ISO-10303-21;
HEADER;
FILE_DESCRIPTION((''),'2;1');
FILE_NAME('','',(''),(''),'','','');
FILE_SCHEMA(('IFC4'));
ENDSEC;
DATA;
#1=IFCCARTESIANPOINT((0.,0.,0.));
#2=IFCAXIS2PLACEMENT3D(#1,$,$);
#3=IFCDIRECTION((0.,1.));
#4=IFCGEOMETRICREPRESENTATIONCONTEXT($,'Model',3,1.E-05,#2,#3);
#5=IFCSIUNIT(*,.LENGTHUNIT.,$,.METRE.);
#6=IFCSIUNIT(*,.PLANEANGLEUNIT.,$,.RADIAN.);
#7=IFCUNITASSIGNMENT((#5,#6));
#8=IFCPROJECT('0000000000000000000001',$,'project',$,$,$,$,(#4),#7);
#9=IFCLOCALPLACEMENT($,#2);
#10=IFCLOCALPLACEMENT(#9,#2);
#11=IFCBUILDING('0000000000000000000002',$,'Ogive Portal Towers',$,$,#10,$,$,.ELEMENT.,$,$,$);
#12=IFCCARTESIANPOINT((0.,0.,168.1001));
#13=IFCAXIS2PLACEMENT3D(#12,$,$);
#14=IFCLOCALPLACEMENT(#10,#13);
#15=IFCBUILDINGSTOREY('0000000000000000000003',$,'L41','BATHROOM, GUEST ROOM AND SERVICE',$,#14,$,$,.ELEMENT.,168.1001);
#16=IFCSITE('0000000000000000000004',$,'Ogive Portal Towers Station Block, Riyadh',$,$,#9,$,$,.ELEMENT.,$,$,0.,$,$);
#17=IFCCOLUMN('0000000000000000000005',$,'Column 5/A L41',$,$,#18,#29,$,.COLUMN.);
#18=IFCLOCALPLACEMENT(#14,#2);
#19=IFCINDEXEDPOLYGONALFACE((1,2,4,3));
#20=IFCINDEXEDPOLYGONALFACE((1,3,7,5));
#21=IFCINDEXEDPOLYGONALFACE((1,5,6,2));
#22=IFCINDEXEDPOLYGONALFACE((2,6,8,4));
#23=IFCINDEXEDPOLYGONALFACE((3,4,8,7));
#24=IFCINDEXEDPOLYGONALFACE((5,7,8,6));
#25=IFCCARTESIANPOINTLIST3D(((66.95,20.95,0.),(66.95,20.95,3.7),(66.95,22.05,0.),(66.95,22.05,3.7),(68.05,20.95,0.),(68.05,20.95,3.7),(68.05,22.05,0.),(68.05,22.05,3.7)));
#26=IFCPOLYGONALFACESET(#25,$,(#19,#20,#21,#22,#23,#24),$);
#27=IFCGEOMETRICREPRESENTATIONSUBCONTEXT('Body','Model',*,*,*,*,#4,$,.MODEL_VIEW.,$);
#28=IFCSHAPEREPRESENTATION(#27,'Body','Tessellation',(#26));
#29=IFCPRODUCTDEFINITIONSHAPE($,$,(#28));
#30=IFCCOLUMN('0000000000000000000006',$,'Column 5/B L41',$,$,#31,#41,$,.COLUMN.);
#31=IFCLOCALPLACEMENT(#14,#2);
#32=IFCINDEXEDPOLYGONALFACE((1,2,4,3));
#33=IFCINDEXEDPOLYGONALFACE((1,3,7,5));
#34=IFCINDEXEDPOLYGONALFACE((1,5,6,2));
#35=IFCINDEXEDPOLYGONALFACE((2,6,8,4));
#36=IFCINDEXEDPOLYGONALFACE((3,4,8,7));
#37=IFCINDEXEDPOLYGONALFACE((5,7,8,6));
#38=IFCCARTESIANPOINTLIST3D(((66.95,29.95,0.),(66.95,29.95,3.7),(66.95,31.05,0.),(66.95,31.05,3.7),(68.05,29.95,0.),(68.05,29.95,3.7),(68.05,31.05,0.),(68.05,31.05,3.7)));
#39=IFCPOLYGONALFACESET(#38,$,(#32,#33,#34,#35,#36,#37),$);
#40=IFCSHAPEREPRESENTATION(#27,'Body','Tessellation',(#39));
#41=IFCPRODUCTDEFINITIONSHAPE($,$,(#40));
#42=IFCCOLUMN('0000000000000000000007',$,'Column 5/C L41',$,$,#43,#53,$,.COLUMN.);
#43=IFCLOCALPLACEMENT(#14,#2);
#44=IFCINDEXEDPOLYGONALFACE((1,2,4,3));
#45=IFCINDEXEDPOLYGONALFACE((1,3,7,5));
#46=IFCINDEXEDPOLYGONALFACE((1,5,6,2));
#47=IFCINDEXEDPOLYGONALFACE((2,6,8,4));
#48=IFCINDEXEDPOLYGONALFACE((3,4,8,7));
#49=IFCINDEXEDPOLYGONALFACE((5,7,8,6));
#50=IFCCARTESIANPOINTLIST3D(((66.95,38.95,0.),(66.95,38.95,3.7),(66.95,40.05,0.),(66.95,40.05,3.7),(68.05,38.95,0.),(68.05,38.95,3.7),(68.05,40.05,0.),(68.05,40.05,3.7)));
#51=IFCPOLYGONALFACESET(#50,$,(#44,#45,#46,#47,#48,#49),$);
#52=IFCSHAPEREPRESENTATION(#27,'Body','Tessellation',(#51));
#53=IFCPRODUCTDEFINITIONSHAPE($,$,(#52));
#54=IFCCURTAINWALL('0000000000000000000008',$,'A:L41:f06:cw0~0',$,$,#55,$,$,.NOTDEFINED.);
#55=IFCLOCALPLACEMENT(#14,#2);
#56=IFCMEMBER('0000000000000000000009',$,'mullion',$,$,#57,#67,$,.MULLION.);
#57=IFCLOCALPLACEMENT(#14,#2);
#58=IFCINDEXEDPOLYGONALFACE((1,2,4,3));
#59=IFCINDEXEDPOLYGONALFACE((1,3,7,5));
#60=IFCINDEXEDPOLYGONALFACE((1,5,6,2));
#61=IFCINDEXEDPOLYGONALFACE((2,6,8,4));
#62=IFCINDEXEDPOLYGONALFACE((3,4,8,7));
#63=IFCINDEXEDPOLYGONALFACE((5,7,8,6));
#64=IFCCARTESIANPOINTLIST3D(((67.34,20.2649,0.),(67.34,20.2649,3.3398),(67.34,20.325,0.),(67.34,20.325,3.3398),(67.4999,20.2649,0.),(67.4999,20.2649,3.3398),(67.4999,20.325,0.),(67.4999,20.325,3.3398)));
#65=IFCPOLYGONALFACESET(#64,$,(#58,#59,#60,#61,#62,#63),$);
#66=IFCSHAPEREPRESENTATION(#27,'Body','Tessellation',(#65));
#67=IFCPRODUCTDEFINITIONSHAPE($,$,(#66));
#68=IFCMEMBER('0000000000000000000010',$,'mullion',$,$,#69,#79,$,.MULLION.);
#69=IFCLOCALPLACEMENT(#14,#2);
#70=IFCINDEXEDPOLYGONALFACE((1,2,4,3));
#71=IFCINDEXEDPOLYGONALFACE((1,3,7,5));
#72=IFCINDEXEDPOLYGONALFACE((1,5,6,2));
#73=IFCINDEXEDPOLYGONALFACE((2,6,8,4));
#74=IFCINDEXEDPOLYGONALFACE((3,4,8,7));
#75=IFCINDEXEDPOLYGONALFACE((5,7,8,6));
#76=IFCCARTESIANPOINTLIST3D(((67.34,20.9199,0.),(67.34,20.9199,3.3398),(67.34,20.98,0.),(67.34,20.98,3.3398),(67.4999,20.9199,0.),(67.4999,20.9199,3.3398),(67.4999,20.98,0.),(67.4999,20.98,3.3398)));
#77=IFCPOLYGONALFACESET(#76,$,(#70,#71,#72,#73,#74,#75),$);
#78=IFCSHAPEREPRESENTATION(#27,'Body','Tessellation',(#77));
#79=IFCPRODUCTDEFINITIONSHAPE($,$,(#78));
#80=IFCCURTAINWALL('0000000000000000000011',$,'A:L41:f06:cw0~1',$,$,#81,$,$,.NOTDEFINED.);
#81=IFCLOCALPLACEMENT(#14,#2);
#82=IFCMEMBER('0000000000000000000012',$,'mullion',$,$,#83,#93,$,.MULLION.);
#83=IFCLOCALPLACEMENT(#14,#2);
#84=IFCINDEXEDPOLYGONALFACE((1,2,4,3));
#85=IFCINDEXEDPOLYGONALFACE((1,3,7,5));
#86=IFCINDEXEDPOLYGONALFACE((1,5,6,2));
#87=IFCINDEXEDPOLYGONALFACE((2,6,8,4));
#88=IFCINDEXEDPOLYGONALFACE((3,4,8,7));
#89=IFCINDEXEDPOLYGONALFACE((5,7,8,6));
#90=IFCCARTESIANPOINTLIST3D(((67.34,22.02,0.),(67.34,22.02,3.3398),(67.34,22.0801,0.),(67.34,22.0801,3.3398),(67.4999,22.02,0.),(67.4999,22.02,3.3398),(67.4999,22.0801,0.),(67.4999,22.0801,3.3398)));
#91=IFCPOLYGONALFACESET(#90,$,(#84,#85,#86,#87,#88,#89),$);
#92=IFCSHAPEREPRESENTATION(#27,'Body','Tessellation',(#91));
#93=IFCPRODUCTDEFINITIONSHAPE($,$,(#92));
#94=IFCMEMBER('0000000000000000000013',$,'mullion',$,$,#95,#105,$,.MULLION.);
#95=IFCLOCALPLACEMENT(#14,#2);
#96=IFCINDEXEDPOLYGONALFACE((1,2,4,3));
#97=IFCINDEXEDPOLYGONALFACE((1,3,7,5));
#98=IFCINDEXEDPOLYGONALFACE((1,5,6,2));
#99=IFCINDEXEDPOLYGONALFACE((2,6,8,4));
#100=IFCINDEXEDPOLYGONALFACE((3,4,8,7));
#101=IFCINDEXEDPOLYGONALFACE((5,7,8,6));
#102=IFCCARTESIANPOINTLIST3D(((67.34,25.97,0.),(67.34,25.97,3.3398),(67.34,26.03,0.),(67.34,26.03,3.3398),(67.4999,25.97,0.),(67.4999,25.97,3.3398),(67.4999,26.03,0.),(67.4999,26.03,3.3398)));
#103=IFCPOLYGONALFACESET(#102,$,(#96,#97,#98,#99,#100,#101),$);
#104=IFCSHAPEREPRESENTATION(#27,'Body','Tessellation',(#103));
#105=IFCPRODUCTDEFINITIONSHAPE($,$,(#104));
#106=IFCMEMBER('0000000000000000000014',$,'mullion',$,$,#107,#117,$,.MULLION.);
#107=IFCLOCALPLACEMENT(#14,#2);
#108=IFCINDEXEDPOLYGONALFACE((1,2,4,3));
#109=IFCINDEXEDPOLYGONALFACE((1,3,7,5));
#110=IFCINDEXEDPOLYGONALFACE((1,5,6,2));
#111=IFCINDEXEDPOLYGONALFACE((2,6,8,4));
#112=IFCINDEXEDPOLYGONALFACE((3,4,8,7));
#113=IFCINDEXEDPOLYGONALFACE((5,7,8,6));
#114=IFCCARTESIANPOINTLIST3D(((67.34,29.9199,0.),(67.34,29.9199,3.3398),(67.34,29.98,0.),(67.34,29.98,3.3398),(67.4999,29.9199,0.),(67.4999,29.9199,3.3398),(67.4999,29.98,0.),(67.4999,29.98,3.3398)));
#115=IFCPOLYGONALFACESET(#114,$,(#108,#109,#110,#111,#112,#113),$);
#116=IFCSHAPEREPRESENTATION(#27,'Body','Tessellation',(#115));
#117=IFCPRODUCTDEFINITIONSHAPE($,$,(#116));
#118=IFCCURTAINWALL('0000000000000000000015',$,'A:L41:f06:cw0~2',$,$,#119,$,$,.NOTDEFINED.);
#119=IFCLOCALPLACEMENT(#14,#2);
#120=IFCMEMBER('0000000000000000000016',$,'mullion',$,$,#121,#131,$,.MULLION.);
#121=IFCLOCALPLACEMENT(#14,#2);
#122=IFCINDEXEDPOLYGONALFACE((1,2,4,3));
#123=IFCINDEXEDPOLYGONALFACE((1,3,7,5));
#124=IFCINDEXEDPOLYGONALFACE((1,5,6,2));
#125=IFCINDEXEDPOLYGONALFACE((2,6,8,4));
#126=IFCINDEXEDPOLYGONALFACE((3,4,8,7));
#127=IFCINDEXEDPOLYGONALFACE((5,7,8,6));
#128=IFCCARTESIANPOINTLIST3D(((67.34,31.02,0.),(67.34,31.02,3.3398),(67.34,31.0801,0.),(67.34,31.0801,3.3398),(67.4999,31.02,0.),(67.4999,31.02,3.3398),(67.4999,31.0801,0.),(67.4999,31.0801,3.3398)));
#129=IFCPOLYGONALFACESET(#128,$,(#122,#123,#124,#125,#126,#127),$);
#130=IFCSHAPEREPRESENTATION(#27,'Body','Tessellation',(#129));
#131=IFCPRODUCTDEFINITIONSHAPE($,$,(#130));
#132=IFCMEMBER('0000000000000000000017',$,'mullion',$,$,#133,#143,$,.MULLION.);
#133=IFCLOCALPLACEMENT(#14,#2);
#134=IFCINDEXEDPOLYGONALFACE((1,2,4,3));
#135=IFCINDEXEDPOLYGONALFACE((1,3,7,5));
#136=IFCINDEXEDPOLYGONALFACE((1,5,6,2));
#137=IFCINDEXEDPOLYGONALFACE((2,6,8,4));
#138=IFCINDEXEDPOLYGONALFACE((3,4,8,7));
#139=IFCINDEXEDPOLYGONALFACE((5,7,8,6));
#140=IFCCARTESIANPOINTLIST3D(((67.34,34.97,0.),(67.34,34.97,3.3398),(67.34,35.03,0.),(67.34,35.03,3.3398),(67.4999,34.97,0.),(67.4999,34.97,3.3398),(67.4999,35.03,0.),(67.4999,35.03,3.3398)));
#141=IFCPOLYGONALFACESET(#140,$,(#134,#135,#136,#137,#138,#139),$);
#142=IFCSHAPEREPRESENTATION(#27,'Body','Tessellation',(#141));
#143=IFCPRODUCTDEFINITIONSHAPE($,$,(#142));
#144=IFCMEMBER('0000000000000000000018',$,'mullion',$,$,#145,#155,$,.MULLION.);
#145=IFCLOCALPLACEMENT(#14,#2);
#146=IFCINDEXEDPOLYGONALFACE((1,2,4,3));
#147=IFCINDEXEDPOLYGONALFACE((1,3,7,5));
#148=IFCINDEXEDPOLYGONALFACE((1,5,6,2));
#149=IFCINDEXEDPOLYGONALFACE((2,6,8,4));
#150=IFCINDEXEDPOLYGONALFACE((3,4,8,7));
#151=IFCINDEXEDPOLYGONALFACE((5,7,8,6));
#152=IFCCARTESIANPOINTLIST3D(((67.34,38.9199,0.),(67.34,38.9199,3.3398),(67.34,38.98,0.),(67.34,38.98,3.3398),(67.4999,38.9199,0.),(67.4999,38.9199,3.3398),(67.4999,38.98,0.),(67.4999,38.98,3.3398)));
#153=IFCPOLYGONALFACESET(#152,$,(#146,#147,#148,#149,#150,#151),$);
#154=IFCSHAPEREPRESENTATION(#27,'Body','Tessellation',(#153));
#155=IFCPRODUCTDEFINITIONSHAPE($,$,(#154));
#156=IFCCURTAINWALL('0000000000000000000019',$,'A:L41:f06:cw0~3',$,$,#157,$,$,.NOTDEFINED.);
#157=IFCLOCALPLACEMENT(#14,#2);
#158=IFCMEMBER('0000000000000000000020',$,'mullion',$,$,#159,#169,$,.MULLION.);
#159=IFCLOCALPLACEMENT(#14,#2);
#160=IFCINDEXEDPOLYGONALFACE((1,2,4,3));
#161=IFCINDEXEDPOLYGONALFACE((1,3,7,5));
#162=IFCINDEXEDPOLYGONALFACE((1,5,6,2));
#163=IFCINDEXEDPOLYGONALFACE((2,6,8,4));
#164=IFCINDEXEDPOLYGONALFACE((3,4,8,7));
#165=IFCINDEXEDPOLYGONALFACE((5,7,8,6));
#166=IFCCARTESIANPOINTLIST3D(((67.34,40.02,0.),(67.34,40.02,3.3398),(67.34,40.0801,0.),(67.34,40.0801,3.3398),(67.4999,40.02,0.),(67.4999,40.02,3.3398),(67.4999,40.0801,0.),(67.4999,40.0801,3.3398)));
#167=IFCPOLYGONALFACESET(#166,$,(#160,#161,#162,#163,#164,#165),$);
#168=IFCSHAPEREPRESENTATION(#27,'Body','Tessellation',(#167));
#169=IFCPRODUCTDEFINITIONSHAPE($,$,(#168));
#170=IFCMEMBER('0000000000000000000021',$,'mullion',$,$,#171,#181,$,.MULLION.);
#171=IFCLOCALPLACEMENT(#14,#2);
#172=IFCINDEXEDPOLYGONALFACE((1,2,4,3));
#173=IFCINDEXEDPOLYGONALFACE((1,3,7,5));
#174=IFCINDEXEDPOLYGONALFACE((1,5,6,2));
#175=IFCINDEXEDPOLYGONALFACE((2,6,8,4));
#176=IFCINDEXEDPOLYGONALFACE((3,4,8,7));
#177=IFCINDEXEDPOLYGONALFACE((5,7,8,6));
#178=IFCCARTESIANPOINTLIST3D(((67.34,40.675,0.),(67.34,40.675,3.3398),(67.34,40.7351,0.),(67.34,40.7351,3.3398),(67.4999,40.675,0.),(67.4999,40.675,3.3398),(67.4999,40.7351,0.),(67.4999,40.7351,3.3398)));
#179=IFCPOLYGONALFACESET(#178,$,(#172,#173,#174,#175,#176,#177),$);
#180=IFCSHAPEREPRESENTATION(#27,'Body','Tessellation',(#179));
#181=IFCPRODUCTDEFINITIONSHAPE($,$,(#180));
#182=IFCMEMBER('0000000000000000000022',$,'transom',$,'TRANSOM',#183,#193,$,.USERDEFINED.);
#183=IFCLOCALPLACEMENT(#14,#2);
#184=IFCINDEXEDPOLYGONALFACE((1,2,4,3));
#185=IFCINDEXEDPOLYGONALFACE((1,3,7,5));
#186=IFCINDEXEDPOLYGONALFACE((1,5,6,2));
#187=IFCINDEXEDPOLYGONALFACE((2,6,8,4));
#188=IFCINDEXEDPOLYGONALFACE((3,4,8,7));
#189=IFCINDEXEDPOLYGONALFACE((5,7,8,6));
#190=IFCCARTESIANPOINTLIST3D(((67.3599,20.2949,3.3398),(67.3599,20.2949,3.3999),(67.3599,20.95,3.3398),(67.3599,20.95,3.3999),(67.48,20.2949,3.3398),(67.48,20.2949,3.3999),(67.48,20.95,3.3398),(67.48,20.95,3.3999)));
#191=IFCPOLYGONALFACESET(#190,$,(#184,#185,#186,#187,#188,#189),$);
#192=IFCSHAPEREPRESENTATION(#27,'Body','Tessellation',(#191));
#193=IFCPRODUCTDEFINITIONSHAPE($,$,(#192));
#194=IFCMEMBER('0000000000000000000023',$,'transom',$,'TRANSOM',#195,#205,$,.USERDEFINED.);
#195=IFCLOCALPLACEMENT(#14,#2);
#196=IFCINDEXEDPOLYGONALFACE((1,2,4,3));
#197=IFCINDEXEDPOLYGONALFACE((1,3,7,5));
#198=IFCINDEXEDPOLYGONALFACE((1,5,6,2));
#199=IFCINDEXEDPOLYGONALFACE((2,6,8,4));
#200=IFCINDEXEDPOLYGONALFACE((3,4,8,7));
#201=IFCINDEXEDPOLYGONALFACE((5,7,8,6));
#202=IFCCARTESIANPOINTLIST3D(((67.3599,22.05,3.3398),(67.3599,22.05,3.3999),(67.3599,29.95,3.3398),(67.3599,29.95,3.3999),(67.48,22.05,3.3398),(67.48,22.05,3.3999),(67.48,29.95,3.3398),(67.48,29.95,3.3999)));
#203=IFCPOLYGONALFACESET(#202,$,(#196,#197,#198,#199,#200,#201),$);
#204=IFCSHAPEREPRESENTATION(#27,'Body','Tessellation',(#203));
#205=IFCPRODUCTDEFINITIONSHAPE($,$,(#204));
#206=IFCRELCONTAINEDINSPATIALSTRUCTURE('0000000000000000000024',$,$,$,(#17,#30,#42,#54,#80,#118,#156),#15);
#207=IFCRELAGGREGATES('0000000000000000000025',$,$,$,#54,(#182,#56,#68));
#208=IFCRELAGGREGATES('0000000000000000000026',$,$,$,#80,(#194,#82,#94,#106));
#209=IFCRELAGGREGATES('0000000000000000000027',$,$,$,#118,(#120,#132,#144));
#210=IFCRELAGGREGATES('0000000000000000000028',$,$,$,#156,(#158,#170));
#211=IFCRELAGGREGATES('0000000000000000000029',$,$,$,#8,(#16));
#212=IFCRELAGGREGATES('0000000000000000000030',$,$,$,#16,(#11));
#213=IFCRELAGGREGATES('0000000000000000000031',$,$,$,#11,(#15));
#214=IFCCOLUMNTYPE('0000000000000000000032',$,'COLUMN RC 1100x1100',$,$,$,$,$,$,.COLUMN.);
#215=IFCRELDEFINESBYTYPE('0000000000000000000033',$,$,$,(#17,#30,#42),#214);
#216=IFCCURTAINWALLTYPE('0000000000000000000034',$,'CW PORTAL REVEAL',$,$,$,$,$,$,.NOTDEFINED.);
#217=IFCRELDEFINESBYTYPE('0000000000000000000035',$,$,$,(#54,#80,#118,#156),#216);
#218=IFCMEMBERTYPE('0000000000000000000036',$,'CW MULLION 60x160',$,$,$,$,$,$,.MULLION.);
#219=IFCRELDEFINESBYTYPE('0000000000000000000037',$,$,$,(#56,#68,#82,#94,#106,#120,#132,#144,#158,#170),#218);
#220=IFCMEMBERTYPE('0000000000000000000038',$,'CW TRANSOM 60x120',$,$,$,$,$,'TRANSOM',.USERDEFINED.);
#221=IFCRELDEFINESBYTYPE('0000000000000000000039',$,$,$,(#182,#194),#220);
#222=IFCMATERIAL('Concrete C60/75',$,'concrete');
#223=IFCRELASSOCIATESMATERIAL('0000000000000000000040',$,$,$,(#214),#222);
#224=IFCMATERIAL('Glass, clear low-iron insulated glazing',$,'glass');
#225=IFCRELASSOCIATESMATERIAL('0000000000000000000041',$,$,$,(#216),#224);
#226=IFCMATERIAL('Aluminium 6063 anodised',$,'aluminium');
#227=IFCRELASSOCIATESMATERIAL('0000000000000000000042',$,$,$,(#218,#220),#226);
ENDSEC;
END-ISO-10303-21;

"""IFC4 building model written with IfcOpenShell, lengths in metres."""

from ifc_helpers import new_model, si_unit, direction, frame, origin, origin_2d, place, context, subcontext, project, spatial, rectangle, extrude, material, material_profile, profile_set, type_object, element, aggregate, save


model = new_model("IFC4")

# Units and contexts
model_context = context("Model", 3, precision=1e-05, world=origin(), true_north=direction((0.0, 1.0)))
body_context = subcontext(model_context, "Body", "Model", "MODEL_VIEW")
ifc_project = project(units=[si_unit("LENGTHUNIT", "METRE"), si_unit("PLANEANGLEUNIT", "RADIAN")], contexts=[model_context])

# Site, building, storey
site_placement = place(None, origin())
site = spatial("IfcSite", under=ifc_project, at=site_placement, Name="Ogive Portal Towers Station Block, Riyadh", CompositionType="ELEMENT", RefElevation=0.0)
building_placement = place(site_placement, origin())
building = spatial("IfcBuilding", under=site, at=building_placement, Name="Ogive Portal Towers", CompositionType="ELEMENT")
storey_placement = place(building_placement, frame((0.0, 0.0, 168.1001)))
storey = spatial("IfcBuildingStorey", under=building, at=storey_placement, Name="L41", Description="BATHROOM, GUEST ROOM AND SERVICE", CompositionType="ELEMENT", Elevation=168.1001)

# Columns
ifc_material_1 = material(Name="Concrete C60/75", Category="concrete")
ifc_material_profile_1 = material_profile(ifc_material_1, rectangle(XDim=1.1001, YDim=1.1001, at=origin_2d()), Name="RC 1100x1100")
ifc_profile_set_1 = profile_set([ifc_material_profile_1], Name="Concrete C60/75")
column_type = type_object("IfcColumnType", Name="COLUMN RC 1100x1100", PredefinedType="COLUMN", material=ifc_profile_set_1)
for number, where, z_axis, x_axis, name in (
    (1, (67.5, 21.5, 0.0), (0.0, 0.0, 1.0), (1.0, 0.0, 0.0), "Column 5/A L41"),
    (2, (67.5, 30.5, 0.0), (0.0, 0.0, 1.0), (1.0, 0.0, 0.0), "Column 5/B L41"),
    (3, (67.5, 39.5, 0.0), (0.0, 0.0, 1.0), (1.0, 0.0, 0.0), "Column 5/C L41"),
):
    element("IfcColumn", number, at=place(storey_placement, frame(where, z_axis=z_axis, x_axis=x_axis)), inside=storey, type_object=column_type, Name=name, PredefinedType="COLUMN", context=body_context, shape_type="SweptSolid", body=[
        extrude(rectangle(XDim=1.1001, YDim=1.1001, at=origin_2d()), origin(), (0.0, 0.0, 1.0), 3.7),
    ])

# Curtain walls, members
ifc_material_2 = material(Name="Glass, clear low-iron insulated glazing", Category="glass")
curtain_wall_type_1 = type_object("IfcCurtainWallType", Name="CW PORTAL REVEAL", PredefinedType="NOTDEFINED", material=ifc_material_2)
curtain_wall_1_placement = place(storey_placement, origin())
curtain_wall_1 = element("IfcCurtainWall", 4, at=curtain_wall_1_placement, inside=storey, type_object=curtain_wall_type_1, Name="A:L41:f06:cw0~0", PredefinedType="NOTDEFINED")
ifc_material_3 = material(Name="Aluminium 6063 anodised", Category="aluminium")
ifc_material_profile_2 = material_profile(ifc_material_3, rectangle(XDim=0.1599, YDim=0.0601, at=origin_2d()), Name="AL 60x160")
ifc_profile_set_2 = profile_set([ifc_material_profile_2], Name="Aluminium 6063 anodised")
member_type_1 = type_object("IfcMemberType", Name="CW MULLION 60x160", PredefinedType="MULLION", material=ifc_profile_set_2)
member_1_placement = place(storey_placement, frame((67.4199, 20.2949, 0.0), z_axis=(0.0, 0.0, 1.0), x_axis=(-1.0, 0.0, 0.0)))
member_1 = element("IfcMember", 5, at=member_1_placement, type_object=member_type_1, Name="mullion", PredefinedType="MULLION", context=body_context, shape_type="SweptSolid", body=[
    extrude(rectangle(XDim=0.1599, YDim=0.0601, at=origin_2d()), origin(), (0.0, 0.0, 1.0), 3.3398),
])
member_2_placement = place(storey_placement, frame((67.4199, 20.95, 0.0), z_axis=(0.0, 0.0, 1.0), x_axis=(-1.0, 0.0, 0.0)))
member_2 = element("IfcMember", 6, at=member_2_placement, type_object=member_type_1, Name="mullion", PredefinedType="MULLION", context=body_context, shape_type="SweptSolid", body=[
    extrude(rectangle(XDim=0.1599, YDim=0.0601, at=origin_2d()), origin(), (0.0, 0.0, 1.0), 3.3398),
])
curtain_wall_2_placement = place(storey_placement, origin())
curtain_wall_2 = element("IfcCurtainWall", 7, at=curtain_wall_2_placement, inside=storey, type_object=curtain_wall_type_1, Name="A:L41:f06:cw0~1", PredefinedType="NOTDEFINED")
member_3_placement = place(storey_placement, frame((67.4199, 22.05, 0.0), z_axis=(0.0, 0.0, 1.0), x_axis=(-1.0, 0.0, 0.0)))
member_3 = element("IfcMember", 8, at=member_3_placement, type_object=member_type_1, Name="mullion", PredefinedType="MULLION", context=body_context, shape_type="SweptSolid", body=[
    extrude(rectangle(XDim=0.1599, YDim=0.0601, at=origin_2d()), origin(), (0.0, 0.0, 1.0), 3.3398),
])
member_4_placement = place(storey_placement, frame((67.4199, 26.0, 0.0), z_axis=(0.0, 0.0, 1.0), x_axis=(-1.0, 0.0, 0.0)))
member_4 = element("IfcMember", 9, at=member_4_placement, type_object=member_type_1, Name="mullion", PredefinedType="MULLION", context=body_context, shape_type="SweptSolid", body=[
    extrude(rectangle(XDim=0.1599, YDim=0.0601, at=origin_2d()), origin(), (0.0, 0.0, 1.0), 3.3398),
])
member_5_placement = place(storey_placement, frame((67.4199, 29.95, 0.0), z_axis=(0.0, 0.0, 1.0), x_axis=(-1.0, 0.0, 0.0)))
member_5 = element("IfcMember", 10, at=member_5_placement, type_object=member_type_1, Name="mullion", PredefinedType="MULLION", context=body_context, shape_type="SweptSolid", body=[
    extrude(rectangle(XDim=0.1599, YDim=0.0601, at=origin_2d()), origin(), (0.0, 0.0, 1.0), 3.3398),
])
curtain_wall_3_placement = place(storey_placement, origin())
curtain_wall_3 = element("IfcCurtainWall", 11, at=curtain_wall_3_placement, inside=storey, type_object=curtain_wall_type_1, Name="A:L41:f06:cw0~2", PredefinedType="NOTDEFINED")
member_6_placement = place(storey_placement, frame((67.4199, 31.05, 0.0), z_axis=(0.0, 0.0, 1.0), x_axis=(-1.0, 0.0, 0.0)))
member_6 = element("IfcMember", 12, at=member_6_placement, type_object=member_type_1, Name="mullion", PredefinedType="MULLION", context=body_context, shape_type="SweptSolid", body=[
    extrude(rectangle(XDim=0.1599, YDim=0.0601, at=origin_2d()), origin(), (0.0, 0.0, 1.0), 3.3398),
])
member_7_placement = place(storey_placement, frame((67.4199, 35.0, 0.0), z_axis=(0.0, 0.0, 1.0), x_axis=(-1.0, 0.0, 0.0)))
member_7 = element("IfcMember", 13, at=member_7_placement, type_object=member_type_1, Name="mullion", PredefinedType="MULLION", context=body_context, shape_type="SweptSolid", body=[
    extrude(rectangle(XDim=0.1599, YDim=0.0601, at=origin_2d()), origin(), (0.0, 0.0, 1.0), 3.3398),
])
member_8_placement = place(storey_placement, frame((67.4199, 38.95, 0.0), z_axis=(0.0, 0.0, 1.0), x_axis=(-1.0, 0.0, 0.0)))
member_8 = element("IfcMember", 14, at=member_8_placement, type_object=member_type_1, Name="mullion", PredefinedType="MULLION", context=body_context, shape_type="SweptSolid", body=[
    extrude(rectangle(XDim=0.1599, YDim=0.0601, at=origin_2d()), origin(), (0.0, 0.0, 1.0), 3.3398),
])
curtain_wall_4_placement = place(storey_placement, origin())
curtain_wall_4 = element("IfcCurtainWall", 15, at=curtain_wall_4_placement, inside=storey, type_object=curtain_wall_type_1, Name="A:L41:f06:cw0~3", PredefinedType="NOTDEFINED")
member_9_placement = place(storey_placement, frame((67.4199, 40.05, 0.0), z_axis=(0.0, 0.0, 1.0), x_axis=(-1.0, 0.0, 0.0)))
member_9 = element("IfcMember", 16, at=member_9_placement, type_object=member_type_1, Name="mullion", PredefinedType="MULLION", context=body_context, shape_type="SweptSolid", body=[
    extrude(rectangle(XDim=0.1599, YDim=0.0601, at=origin_2d()), origin(), (0.0, 0.0, 1.0), 3.3398),
])
member_10_placement = place(storey_placement, frame((67.4199, 40.7051, 0.0), z_axis=(0.0, 0.0, 1.0), x_axis=(-1.0, 0.0, 0.0)))
member_10 = element("IfcMember", 17, at=member_10_placement, type_object=member_type_1, Name="mullion", PredefinedType="MULLION", context=body_context, shape_type="SweptSolid", body=[
    extrude(rectangle(XDim=0.1599, YDim=0.0601, at=origin_2d()), origin(), (0.0, 0.0, 1.0), 3.3398),
])

# Members
ifc_material_profile_3 = material_profile(ifc_material_3, rectangle(XDim=0.1201, YDim=0.0601, at=origin_2d()), Name="AL 120x60")
ifc_profile_set_3 = profile_set([ifc_material_profile_3], Name="Aluminium 6063 anodised")
member_type_2 = type_object("IfcMemberType", Name="CW TRANSOM 60x120", ElementType="TRANSOM", PredefinedType="USERDEFINED", material=ifc_profile_set_3)
member_11_placement = place(storey_placement, frame((67.4199, 20.2949, 3.3699), z_axis=(0.0, 1.0, 0.0), x_axis=(-1.0, 0.0, 0.0)))
member_11 = element("IfcMember", 18, at=member_11_placement, type_object=member_type_2, Name="transom", ObjectType="TRANSOM", PredefinedType="USERDEFINED", context=body_context, shape_type="SweptSolid", body=[
    extrude(rectangle(XDim=0.1201, YDim=0.0601, at=origin_2d()), origin(), (0.0, 0.0, 1.0), 0.655),
])
member_12_placement = place(storey_placement, frame((67.4199, 22.05, 3.3699), z_axis=(0.0, 1.0, 0.0), x_axis=(-1.0, 0.0, 0.0)))
member_12 = element("IfcMember", 19, at=member_12_placement, type_object=member_type_2, Name="transom", ObjectType="TRANSOM", PredefinedType="USERDEFINED", context=body_context, shape_type="SweptSolid", body=[
    extrude(rectangle(XDim=0.1201, YDim=0.0601, at=origin_2d()), origin(), (0.0, 0.0, 1.0), 7.8999),
])

aggregate(curtain_wall_1, [member_11, member_1, member_2])
aggregate(curtain_wall_2, [member_12, member_3, member_4, member_5])
aggregate(curtain_wall_3, [member_6, member_7, member_8])
aggregate(curtain_wall_4, [member_9, member_10])

save(model, "model.ifc")
